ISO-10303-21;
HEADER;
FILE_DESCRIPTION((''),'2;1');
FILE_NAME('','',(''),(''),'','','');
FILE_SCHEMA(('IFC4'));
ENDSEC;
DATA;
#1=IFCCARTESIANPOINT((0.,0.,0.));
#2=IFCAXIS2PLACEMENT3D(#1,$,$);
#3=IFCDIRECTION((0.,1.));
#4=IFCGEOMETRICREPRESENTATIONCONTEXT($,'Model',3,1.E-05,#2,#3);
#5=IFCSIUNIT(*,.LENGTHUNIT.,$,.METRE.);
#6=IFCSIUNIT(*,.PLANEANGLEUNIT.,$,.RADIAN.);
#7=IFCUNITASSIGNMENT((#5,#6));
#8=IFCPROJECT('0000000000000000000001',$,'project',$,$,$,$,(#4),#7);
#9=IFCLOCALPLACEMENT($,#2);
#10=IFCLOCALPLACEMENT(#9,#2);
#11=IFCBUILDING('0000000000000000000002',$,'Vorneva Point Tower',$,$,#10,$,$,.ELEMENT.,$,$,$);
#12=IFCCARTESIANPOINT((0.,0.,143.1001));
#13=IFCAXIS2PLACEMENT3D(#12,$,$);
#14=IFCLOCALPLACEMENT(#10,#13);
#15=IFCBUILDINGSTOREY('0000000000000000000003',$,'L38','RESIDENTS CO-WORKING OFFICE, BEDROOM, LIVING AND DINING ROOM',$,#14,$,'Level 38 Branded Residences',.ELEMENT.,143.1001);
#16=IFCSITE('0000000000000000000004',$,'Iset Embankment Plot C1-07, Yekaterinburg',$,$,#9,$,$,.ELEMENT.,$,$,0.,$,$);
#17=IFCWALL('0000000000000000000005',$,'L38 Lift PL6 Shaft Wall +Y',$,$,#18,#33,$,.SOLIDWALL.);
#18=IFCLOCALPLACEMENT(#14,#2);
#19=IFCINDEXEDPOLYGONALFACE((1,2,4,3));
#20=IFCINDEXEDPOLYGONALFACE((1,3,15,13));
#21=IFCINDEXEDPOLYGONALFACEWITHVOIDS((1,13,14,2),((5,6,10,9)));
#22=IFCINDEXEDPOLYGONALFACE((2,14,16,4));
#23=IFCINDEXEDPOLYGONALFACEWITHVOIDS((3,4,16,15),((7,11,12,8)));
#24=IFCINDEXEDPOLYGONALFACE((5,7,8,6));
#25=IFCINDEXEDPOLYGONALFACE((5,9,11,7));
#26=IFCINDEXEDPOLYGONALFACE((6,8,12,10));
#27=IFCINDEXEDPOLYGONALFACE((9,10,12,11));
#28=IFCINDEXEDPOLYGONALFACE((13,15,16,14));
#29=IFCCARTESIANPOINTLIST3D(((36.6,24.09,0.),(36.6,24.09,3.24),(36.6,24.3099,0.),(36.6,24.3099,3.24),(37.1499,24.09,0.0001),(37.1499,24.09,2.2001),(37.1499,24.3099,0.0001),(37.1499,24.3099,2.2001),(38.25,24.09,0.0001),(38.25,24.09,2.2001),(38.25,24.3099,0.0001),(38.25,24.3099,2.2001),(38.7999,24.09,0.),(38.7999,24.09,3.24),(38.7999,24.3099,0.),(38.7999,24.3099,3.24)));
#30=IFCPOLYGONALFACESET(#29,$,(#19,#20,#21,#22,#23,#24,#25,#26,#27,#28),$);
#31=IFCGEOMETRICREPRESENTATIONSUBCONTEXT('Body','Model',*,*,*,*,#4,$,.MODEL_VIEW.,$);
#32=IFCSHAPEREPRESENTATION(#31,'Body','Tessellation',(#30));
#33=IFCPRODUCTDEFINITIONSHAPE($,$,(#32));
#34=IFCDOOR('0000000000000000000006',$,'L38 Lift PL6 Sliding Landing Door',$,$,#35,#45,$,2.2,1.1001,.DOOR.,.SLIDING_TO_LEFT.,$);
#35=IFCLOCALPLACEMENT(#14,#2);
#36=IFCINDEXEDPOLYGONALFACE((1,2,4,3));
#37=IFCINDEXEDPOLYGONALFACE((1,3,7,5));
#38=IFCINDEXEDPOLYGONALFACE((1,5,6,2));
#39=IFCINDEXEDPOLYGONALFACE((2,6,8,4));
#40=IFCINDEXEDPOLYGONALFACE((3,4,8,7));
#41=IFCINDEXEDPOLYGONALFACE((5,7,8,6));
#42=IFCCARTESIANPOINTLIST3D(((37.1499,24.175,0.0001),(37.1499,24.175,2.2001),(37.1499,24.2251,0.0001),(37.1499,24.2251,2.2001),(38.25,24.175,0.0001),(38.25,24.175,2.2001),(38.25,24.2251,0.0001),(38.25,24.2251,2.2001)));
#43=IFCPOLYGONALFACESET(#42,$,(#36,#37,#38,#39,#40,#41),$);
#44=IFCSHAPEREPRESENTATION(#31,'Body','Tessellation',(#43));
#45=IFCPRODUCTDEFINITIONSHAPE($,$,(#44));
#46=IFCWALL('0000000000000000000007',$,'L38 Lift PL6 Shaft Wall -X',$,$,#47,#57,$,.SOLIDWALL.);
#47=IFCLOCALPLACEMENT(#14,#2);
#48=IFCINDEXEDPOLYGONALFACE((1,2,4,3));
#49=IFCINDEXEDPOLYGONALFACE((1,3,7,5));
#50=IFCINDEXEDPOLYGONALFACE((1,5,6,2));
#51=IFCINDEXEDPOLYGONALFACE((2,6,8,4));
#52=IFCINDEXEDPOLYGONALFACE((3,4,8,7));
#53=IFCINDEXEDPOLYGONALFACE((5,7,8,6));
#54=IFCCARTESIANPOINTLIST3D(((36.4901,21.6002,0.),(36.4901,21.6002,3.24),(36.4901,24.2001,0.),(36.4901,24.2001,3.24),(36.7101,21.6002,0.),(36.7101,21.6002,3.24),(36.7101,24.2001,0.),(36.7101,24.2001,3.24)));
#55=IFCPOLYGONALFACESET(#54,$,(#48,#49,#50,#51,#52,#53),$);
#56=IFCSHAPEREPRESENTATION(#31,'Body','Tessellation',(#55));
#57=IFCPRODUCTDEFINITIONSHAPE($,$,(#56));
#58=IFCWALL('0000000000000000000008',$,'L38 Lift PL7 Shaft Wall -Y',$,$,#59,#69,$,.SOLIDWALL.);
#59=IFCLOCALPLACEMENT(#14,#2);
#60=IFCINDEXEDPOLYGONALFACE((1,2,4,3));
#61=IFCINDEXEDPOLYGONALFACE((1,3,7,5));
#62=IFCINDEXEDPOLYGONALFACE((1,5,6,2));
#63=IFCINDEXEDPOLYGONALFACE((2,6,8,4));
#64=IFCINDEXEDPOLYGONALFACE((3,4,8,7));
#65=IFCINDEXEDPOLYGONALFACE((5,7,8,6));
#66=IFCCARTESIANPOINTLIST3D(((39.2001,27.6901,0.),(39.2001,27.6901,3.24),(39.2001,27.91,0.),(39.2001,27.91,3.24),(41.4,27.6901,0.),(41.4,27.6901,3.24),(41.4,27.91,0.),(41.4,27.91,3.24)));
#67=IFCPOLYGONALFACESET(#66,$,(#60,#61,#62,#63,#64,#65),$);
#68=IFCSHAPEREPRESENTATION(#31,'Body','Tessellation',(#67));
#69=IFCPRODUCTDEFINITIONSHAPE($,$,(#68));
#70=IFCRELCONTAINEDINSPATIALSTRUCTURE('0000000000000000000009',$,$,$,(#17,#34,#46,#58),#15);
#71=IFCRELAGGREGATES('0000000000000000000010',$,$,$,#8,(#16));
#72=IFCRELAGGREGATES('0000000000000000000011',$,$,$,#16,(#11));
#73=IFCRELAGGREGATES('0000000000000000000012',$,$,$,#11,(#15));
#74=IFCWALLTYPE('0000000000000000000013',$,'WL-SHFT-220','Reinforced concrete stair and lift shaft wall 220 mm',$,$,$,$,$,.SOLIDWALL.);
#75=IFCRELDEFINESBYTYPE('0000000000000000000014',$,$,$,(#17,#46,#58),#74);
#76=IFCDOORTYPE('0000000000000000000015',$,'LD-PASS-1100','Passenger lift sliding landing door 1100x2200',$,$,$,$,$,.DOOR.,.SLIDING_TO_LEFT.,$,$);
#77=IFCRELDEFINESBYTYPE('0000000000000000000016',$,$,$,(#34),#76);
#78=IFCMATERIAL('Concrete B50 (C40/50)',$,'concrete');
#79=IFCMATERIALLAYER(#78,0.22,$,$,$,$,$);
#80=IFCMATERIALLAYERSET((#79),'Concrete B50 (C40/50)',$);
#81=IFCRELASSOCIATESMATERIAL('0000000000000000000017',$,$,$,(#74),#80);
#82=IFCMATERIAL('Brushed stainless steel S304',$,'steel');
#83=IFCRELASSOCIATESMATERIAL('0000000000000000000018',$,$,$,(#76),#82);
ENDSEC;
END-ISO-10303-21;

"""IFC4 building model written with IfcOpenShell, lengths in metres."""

from ifc_helpers import new_model, si_unit, direction, frame, frame_2d, origin, place, context, subcontext, project, spatial, rectangle, extrude, material, layer, layer_set, type_object, element, fill, save


model = new_model("IFC4")

# Units and contexts
model_context = context("Model", 3, precision=1e-05, world=origin(), true_north=direction((0.0, 1.0)))
body_context = subcontext(model_context, "Body", "Model", "MODEL_VIEW")
ifc_project = project(units=[si_unit("LENGTHUNIT", "METRE"), si_unit("PLANEANGLEUNIT", "RADIAN")], contexts=[model_context])

# Site, building, storey
site_placement = place(None, origin())
site = spatial("IfcSite", under=ifc_project, at=site_placement, Name="Iset Embankment Plot C1-07, Yekaterinburg", CompositionType="ELEMENT", RefElevation=0.0)
building_placement = place(site_placement, origin())
building = spatial("IfcBuilding", under=site, at=building_placement, Name="Vorneva Point Tower", CompositionType="ELEMENT")
storey_placement = place(building_placement, frame((0.0, 0.0, 143.1001)))
storey = spatial("IfcBuildingStorey", under=building, at=storey_placement, Name="L38", Description="RESIDENTS CO-WORKING OFFICE, BEDROOM, LIVING AND DINING ROOM", LongName="Level 38 Branded Residences", CompositionType="ELEMENT", Elevation=143.1001)

# Shared definitions
ifc_material_1 = material(Name="Concrete B50 (C40/50)", Category="concrete")
ifc_layer_1 = layer(ifc_material_1, 0.22)
ifc_layer_set_1 = layer_set([ifc_layer_1], Name="Concrete B50 (C40/50)")
wall_type_1 = type_object("IfcWallType", Name="WL-SHFT-220", Description="Reinforced concrete stair and lift shaft wall 220 mm", PredefinedType="SOLIDWALL", material=ifc_layer_set_1)

# Shared definitions
ifc_material_2 = material(Name="Brushed stainless steel S304", Category="steel")
door_type_1 = type_object("IfcDoorType", Name="LD-PASS-1100", Description="Passenger lift sliding landing door 1100x2200", OperationType="SLIDING_TO_LEFT", PredefinedType="DOOR", material=ifc_material_2)

# Wall, opening, door
wall_1_placement = place(storey_placement, frame((38.8, 24.2, 0.0), z_axis=(0.0, 0.0, 1.0), x_axis=(-1.0, 0.0, 0.0)))
wall_1 = element("IfcWall", 1, at=wall_1_placement, inside=storey, type_object=wall_type_1, Name="L38 Lift PL6 Shaft Wall +Y", PredefinedType="SOLIDWALL", context=body_context, shape_type="SweptSolid", body=[
    extrude(rectangle(XDim=2.2, YDim=0.22, at=frame_2d((1.1001, 0.0))), origin(), (0.0, 0.0, 1.0), 3.24),
])
opening_1_placement = place(wall_1_placement, frame((0.55, 0.0, 0.0)))
opening_1 = element("IfcOpeningElement", 2, at=opening_1_placement, cuts=wall_1, PredefinedType="OPENING", context=body_context, shape_type="SweptSolid", body=[
    extrude(rectangle(XDim=1.1001, YDim=2.2, at=frame_2d((0.55, 1.1001))), frame((0.0, 0.125, 0.0), z_axis=(0.0, -1.0, 0.0), x_axis=(1.0, 0.0, 0.0)), (0.0, 0.0, 1.0), 0.2498),
])
door_1_placement = place(opening_1_placement, origin())
door_1 = element("IfcDoor", 3, at=door_1_placement, inside=storey, type_object=door_type_1, Name="L38 Lift PL6 Sliding Landing Door", OperationType="SLIDING_TO_LEFT", OverallHeight=2.2, OverallWidth=1.1001, PredefinedType="DOOR", context=body_context, shape_type="SweptSolid", body=[
    extrude(rectangle(XDim=1.1001, YDim=2.2, at=frame_2d((0.55, 1.1001))), frame((0.0, 0.0249, 0.0), z_axis=(0.0, -1.0, 0.0), x_axis=(1.0, 0.0, 0.0)), (0.0, 0.0, 1.0), 0.05),
])
fill(opening_1, door_1)

# Walls
wall_2_placement = place(storey_placement, frame((36.6001, 24.2, 0.0), z_axis=(0.0, 0.0, 1.0), x_axis=(0.0, -1.0, 0.0)))
element("IfcWall", 4, at=wall_2_placement, inside=storey, type_object=wall_type_1, Name="L38 Lift PL6 Shaft Wall -X", PredefinedType="SOLIDWALL", context=body_context, shape_type="SweptSolid", body=[
    extrude(rectangle(XDim=2.5999, YDim=0.22, at=frame_2d((1.2998, 0.0))), origin(), (0.0, 0.0, 1.0), 3.24),
])
wall_3_placement = place(storey_placement, frame((39.2, 27.8, 0.0), z_axis=(0.0, 0.0, 1.0), x_axis=(1.0, 0.0, 0.0)))
element("IfcWall", 5, at=wall_3_placement, inside=storey, type_object=wall_type_1, Name="L38 Lift PL7 Shaft Wall -Y", PredefinedType="SOLIDWALL", context=body_context, shape_type="SweptSolid", body=[
    extrude(rectangle(XDim=2.2, YDim=0.22, at=frame_2d((1.1001, 0.0))), origin(), (0.0, 0.0, 1.0), 3.24),
])

save(model, "model.ifc")
